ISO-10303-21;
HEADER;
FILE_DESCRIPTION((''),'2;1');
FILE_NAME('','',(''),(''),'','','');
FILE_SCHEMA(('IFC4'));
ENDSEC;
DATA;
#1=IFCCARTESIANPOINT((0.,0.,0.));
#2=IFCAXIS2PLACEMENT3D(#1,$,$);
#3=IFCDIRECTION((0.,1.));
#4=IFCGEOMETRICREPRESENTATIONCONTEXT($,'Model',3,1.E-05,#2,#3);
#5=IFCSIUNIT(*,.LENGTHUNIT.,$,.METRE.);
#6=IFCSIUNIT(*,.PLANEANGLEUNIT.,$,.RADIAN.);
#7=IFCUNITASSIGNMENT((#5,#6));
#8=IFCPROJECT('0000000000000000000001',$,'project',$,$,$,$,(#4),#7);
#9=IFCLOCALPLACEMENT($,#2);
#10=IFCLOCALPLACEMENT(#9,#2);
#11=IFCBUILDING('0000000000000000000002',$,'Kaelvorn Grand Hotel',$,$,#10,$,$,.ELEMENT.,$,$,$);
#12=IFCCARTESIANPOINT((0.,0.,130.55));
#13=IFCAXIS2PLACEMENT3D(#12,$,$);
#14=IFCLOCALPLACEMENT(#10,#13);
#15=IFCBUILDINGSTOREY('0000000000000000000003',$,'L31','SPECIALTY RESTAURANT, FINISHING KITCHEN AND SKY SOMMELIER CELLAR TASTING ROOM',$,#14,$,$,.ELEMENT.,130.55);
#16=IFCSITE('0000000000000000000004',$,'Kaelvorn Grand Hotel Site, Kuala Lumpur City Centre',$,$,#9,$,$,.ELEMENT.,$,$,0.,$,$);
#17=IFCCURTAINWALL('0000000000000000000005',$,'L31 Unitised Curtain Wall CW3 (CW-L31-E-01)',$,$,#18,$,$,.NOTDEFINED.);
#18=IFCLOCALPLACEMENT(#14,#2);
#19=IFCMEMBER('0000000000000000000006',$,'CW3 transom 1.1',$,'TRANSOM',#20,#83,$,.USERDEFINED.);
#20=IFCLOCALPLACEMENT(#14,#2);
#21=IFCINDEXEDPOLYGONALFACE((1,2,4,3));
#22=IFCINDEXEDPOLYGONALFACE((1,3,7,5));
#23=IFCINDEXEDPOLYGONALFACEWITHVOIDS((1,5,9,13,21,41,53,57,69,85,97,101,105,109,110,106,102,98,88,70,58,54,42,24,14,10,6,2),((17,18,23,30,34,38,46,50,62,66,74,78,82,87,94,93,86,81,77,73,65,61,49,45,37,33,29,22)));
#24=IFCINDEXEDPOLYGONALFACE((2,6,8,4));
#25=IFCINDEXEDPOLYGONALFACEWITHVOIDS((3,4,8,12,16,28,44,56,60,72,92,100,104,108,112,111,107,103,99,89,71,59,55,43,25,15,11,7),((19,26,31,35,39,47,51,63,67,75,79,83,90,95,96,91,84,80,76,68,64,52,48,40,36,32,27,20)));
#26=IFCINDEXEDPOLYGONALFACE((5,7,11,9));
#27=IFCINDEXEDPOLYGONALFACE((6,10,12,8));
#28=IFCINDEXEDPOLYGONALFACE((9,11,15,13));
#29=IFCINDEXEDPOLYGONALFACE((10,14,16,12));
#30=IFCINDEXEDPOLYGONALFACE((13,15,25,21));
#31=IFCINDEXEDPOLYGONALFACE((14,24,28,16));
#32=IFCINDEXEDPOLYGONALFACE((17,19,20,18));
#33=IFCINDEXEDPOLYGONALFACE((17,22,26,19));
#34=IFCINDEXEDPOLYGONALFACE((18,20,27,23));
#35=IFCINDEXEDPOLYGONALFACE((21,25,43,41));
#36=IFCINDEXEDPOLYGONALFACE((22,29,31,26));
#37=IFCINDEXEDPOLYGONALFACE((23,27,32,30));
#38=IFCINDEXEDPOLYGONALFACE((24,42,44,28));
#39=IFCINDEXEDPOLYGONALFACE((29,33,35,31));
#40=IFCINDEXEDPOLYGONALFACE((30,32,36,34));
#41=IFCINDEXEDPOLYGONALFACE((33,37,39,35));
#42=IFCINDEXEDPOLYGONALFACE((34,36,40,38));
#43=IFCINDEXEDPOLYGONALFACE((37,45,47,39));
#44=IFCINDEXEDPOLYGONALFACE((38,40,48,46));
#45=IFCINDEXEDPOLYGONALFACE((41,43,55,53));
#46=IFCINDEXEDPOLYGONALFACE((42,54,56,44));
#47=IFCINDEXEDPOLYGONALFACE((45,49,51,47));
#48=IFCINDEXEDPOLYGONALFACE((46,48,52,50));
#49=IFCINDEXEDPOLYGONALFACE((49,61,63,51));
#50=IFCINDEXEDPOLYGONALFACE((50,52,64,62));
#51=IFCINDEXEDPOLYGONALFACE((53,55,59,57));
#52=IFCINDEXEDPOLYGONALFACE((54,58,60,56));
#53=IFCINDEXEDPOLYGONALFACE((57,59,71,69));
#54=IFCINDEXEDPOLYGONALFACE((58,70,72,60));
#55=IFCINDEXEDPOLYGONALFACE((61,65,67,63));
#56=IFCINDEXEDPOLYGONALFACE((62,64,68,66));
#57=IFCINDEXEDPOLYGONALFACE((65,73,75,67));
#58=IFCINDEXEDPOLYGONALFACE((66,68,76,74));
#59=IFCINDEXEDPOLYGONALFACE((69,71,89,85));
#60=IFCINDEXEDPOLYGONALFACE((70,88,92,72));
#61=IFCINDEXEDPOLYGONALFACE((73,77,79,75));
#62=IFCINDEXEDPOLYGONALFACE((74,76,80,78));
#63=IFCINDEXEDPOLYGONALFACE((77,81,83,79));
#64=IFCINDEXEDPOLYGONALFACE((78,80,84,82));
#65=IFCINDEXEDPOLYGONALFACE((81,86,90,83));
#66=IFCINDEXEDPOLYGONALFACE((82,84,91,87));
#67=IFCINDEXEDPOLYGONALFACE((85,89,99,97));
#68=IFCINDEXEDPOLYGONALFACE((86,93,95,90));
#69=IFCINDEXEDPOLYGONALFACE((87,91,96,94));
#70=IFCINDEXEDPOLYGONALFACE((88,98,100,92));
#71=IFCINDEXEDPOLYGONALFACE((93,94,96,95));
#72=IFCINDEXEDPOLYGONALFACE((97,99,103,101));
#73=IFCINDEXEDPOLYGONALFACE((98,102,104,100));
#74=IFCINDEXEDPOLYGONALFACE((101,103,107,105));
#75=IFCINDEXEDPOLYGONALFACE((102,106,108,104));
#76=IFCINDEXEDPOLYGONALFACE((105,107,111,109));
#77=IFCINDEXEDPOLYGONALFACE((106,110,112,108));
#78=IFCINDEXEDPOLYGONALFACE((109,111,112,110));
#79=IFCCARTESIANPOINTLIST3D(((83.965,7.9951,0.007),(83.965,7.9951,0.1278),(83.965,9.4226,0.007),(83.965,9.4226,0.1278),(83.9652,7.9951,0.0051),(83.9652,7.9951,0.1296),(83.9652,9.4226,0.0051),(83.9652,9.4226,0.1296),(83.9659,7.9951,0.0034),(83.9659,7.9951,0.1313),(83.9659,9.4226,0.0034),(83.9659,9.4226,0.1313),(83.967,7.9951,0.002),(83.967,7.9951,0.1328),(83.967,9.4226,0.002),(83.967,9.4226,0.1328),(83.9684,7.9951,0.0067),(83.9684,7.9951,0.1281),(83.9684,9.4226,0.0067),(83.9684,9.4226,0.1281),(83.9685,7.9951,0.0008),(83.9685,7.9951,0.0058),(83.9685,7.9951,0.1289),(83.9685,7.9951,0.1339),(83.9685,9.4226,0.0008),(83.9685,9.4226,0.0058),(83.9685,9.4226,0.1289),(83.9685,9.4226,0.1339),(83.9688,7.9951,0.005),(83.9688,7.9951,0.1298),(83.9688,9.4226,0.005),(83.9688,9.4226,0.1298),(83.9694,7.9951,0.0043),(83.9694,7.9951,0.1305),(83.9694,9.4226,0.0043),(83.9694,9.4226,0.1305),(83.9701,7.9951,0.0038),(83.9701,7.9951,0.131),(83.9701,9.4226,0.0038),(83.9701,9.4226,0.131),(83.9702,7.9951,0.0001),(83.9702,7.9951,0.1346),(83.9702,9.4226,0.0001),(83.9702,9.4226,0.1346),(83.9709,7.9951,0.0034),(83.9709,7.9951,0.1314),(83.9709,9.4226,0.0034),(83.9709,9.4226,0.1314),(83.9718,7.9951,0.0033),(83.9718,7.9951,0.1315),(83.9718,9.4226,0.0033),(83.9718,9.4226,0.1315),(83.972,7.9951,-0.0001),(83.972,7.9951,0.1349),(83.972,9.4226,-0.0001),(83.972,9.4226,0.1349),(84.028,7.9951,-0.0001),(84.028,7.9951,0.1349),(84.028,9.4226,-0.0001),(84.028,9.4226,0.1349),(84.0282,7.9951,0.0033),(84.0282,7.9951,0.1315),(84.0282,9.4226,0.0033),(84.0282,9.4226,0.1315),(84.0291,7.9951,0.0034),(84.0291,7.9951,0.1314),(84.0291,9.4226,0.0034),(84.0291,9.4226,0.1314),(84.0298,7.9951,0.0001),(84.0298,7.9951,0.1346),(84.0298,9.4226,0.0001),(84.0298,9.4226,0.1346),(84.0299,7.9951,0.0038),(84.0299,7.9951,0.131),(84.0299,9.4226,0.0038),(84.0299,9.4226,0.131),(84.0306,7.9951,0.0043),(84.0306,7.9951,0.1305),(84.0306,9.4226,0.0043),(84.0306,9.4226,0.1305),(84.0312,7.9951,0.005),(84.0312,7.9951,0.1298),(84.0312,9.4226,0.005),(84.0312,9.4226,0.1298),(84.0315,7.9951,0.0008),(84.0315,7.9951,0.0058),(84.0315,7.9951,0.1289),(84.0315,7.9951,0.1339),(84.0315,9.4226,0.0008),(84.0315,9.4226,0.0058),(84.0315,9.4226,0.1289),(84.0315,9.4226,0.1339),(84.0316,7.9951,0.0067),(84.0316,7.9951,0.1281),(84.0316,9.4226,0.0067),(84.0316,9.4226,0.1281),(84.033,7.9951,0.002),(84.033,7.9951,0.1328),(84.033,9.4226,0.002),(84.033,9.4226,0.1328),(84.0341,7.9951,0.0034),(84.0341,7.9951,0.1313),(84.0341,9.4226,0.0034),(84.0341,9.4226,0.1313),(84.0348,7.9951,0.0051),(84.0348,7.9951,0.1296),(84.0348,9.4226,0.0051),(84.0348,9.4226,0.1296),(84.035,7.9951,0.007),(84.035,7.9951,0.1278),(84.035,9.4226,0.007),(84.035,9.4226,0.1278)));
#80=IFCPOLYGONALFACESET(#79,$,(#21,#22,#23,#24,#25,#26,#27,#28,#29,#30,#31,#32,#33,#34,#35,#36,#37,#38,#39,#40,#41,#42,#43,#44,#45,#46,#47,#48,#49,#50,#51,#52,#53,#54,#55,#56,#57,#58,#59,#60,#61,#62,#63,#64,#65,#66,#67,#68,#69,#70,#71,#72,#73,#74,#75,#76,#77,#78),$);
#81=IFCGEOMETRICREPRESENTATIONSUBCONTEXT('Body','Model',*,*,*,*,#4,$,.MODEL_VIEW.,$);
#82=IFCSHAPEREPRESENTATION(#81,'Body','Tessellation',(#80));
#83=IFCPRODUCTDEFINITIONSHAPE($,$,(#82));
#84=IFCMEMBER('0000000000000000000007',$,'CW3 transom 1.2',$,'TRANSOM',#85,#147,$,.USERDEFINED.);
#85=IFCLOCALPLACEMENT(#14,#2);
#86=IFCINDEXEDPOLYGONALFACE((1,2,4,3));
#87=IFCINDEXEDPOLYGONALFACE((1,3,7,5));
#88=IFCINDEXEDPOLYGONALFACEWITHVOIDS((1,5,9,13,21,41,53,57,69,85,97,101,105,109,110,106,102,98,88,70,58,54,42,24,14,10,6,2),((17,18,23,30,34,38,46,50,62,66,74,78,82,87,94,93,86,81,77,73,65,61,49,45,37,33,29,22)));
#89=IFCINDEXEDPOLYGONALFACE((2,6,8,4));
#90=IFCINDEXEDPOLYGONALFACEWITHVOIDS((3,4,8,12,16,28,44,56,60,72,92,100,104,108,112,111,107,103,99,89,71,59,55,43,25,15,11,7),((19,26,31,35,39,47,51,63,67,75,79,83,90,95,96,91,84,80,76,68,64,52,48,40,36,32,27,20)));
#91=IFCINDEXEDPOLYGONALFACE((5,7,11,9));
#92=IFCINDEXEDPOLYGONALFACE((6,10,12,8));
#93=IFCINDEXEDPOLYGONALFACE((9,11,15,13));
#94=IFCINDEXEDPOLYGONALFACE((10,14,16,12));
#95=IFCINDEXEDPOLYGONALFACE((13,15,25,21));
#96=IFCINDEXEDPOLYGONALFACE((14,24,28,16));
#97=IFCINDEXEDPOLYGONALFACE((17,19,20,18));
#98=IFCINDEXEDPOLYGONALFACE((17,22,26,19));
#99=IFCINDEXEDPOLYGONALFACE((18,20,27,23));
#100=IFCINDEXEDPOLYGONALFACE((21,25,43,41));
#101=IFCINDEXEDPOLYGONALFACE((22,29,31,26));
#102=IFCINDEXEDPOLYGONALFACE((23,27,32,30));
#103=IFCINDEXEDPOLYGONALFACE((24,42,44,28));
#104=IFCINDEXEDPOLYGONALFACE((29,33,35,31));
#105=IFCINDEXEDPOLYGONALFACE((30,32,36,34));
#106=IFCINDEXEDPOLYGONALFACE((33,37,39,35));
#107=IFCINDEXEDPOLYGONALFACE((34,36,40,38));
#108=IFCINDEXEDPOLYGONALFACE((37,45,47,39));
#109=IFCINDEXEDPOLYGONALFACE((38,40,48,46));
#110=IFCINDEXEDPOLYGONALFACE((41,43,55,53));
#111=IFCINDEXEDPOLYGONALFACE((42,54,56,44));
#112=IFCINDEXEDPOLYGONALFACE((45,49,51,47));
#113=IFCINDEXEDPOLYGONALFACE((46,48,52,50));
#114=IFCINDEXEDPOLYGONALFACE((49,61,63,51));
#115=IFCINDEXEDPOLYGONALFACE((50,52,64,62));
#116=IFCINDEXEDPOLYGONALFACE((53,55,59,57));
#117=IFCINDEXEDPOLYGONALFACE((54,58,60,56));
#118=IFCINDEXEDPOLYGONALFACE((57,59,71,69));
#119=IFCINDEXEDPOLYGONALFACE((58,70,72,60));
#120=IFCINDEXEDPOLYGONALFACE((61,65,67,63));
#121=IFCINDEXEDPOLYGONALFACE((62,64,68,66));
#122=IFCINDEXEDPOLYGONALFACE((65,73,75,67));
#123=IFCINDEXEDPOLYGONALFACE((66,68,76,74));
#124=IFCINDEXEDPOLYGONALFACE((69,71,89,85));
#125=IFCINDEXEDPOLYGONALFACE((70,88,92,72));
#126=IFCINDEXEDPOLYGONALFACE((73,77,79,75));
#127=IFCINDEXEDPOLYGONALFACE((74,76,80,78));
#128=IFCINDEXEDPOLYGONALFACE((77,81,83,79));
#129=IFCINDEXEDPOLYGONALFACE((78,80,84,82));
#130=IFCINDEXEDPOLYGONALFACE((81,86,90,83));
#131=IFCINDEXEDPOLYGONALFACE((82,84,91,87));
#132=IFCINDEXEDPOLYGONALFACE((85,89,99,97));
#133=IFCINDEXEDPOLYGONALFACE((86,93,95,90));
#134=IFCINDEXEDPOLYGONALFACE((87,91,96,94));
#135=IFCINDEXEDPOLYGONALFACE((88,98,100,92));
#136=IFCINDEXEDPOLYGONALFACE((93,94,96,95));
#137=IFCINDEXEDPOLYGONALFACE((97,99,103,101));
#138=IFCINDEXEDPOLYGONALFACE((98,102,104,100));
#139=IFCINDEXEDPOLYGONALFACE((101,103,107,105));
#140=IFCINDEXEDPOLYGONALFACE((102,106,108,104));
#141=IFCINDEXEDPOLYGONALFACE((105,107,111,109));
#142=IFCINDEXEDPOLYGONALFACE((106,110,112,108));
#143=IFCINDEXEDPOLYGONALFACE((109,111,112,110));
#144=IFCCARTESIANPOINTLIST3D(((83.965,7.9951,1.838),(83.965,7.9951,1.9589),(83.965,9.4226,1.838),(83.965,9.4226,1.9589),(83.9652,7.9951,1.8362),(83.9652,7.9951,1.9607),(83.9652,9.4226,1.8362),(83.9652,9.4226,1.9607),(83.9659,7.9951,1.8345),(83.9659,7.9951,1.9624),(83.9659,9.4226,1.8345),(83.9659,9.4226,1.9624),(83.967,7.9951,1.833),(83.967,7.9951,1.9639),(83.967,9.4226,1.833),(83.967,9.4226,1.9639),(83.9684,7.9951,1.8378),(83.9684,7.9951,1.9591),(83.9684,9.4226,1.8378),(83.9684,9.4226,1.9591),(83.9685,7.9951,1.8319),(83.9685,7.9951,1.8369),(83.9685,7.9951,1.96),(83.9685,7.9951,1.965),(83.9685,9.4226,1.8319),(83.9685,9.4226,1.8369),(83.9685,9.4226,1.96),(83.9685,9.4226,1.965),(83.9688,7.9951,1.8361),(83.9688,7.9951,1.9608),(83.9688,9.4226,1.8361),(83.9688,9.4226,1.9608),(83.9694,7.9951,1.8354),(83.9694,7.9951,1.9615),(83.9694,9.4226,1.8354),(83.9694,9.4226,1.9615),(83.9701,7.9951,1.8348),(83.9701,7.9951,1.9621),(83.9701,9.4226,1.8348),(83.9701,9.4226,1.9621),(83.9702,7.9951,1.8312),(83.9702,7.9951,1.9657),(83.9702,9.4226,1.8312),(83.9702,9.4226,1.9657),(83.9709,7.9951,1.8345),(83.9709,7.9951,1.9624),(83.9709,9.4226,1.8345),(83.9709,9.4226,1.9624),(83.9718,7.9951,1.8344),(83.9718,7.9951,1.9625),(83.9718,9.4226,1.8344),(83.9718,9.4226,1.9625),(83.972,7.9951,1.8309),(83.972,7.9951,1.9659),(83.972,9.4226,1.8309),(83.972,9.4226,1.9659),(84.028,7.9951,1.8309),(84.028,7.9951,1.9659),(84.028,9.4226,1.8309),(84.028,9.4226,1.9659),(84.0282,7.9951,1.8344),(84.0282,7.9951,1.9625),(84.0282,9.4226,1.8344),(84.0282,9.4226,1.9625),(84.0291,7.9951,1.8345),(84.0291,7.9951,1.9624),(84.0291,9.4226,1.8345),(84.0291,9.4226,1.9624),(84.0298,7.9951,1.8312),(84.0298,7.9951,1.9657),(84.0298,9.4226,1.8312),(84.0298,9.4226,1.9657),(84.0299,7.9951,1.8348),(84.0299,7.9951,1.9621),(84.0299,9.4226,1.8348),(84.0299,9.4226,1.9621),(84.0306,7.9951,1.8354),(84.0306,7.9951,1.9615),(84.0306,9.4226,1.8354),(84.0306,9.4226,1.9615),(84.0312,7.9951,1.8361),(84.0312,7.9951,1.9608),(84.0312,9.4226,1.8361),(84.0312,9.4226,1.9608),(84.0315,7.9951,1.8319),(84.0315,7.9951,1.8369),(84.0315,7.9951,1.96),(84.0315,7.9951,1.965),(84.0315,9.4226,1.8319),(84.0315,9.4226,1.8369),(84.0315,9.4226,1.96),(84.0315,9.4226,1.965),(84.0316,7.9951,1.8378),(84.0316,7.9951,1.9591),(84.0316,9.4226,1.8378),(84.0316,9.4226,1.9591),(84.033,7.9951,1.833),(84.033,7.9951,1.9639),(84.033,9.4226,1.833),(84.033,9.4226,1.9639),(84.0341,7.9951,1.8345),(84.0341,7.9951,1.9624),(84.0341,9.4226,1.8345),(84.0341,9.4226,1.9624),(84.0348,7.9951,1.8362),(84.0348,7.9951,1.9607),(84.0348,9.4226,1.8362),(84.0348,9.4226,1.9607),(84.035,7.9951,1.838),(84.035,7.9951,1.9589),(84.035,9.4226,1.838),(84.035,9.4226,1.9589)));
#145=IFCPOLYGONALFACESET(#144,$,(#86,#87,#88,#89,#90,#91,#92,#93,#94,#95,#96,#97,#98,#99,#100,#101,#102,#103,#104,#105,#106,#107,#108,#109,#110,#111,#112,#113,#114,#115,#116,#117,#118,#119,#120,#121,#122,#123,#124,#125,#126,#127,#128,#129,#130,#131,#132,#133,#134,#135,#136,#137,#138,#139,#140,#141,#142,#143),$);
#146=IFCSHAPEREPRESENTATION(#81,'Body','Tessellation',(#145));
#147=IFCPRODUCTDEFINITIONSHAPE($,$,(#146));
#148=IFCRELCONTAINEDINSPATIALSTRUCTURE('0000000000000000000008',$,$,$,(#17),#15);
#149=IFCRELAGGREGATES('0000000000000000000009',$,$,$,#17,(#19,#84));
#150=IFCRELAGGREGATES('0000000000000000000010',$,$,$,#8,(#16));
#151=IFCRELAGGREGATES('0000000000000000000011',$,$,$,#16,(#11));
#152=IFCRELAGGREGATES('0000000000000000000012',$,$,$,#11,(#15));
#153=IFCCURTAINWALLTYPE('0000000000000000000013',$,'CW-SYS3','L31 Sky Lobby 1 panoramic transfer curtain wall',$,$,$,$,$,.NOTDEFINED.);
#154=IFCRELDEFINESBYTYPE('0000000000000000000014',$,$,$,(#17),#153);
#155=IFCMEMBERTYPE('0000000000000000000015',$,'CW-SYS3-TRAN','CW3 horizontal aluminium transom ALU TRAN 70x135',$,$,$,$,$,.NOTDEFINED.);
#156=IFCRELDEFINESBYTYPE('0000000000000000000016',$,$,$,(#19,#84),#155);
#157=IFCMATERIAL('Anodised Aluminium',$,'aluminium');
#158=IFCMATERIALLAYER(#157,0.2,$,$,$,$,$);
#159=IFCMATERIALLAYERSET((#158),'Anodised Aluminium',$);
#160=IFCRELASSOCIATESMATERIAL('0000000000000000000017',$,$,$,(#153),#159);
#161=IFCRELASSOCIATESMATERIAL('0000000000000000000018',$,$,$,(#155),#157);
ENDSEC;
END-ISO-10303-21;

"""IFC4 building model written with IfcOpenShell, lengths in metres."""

from ifc_helpers import new_model, si_unit, direction, frame, origin, origin_2d, place, context, subcontext, project, spatial, hollow_rectangle, extrude, material, layer, layer_set, material_profile, profile_set, type_object, element, aggregate, save


model = new_model("IFC4")

# Units and contexts
model_context = context("Model", 3, precision=1e-05, world=origin(), true_north=direction((0.0, 1.0)))
body_context = subcontext(model_context, "Body", "Model", "MODEL_VIEW")
ifc_project = project(units=[si_unit("LENGTHUNIT", "METRE"), si_unit("PLANEANGLEUNIT", "RADIAN")], contexts=[model_context])

# Site, building, storey
site_placement = place(None, origin())
site = spatial("IfcSite", under=ifc_project, at=site_placement, Name="Kaelvorn Grand Hotel Site, Kuala Lumpur City Centre", CompositionType="ELEMENT", RefElevation=0.0)
building_placement = place(site_placement, origin())
building = spatial("IfcBuilding", under=site, at=building_placement, Name="Kaelvorn Grand Hotel", CompositionType="ELEMENT")
storey_placement = place(building_placement, frame((0.0, 0.0, 130.55)))
storey = spatial("IfcBuildingStorey", under=building, at=storey_placement, Name="L31", Description="SPECIALTY RESTAURANT, FINISHING KITCHEN AND SKY SOMMELIER CELLAR TASTING ROOM", CompositionType="ELEMENT", Elevation=130.55)

# Shared definitions
ifc_material_1 = material(Name="Anodised Aluminium", Category="aluminium")
ifc_layer_1 = layer(ifc_material_1, 0.2)
ifc_layer_set_1 = layer_set([ifc_layer_1], Name="Anodised Aluminium")
curtain_wall_type = type_object("IfcCurtainWallType", Name="CW-SYS3", Description="L31 Sky Lobby 1 panoramic transfer curtain wall", PredefinedType="NOTDEFINED", material=ifc_layer_set_1)

# Curtain wall
curtain_wall_1_placement = place(storey_placement, origin())
curtain_wall_1 = element("IfcCurtainWall", 1, at=curtain_wall_1_placement, inside=storey, type_object=curtain_wall_type, Name="L31 Unitised Curtain Wall CW3 (CW-L31-E-01)", PredefinedType="NOTDEFINED")

# Members
ifc_material_profile_1 = material_profile(ifc_material_1, hollow_rectangle(XDim=0.0701, YDim=0.135, WallThickness=0.0034, InnerFilletRadius=0.0034, OuterFilletRadius=0.0071, at=origin_2d()), Name="ALU TRAN 70x135")
ifc_profile_set_1 = profile_set([ifc_material_profile_1], Name="Anodised Aluminium")
member_type_1 = type_object("IfcMemberType", Name="CW-SYS3-TRAN", Description="CW3 horizontal aluminium transom ALU TRAN 70x135", PredefinedType="NOTDEFINED", material=ifc_profile_set_1)
member_1_placement = place(storey_placement, frame((84.0, 7.9951, 0.0674), z_axis=(0.0, 1.0, 0.0), x_axis=(-1.0, 0.0, 0.0)))
member_1 = element("IfcMember", 2, at=member_1_placement, type_object=member_type_1, Name="CW3 transom 1.1", ObjectType="TRANSOM", PredefinedType="USERDEFINED", context=body_context, shape_type="SweptSolid", body=[
    extrude(hollow_rectangle(XDim=0.0701, YDim=0.135, WallThickness=0.0034, InnerFilletRadius=0.0034, OuterFilletRadius=0.0071, at=origin_2d()), origin(), (0.0, 0.0, 1.0), 1.4275),
])
member_2_placement = place(storey_placement, frame((84.0, 7.9951, 1.8984), z_axis=(0.0, 1.0, 0.0), x_axis=(-1.0, 0.0, 0.0)))
member_2 = element("IfcMember", 3, at=member_2_placement, type_object=member_type_1, Name="CW3 transom 1.2", ObjectType="TRANSOM", PredefinedType="USERDEFINED", context=body_context, shape_type="SweptSolid", body=[
    extrude(hollow_rectangle(XDim=0.0701, YDim=0.135, WallThickness=0.0034, InnerFilletRadius=0.0034, OuterFilletRadius=0.0071, at=origin_2d()), origin(), (0.0, 0.0, 1.0), 1.4275),
])

aggregate(curtain_wall_1, [member_1, member_2])

save(model, "model.ifc")
